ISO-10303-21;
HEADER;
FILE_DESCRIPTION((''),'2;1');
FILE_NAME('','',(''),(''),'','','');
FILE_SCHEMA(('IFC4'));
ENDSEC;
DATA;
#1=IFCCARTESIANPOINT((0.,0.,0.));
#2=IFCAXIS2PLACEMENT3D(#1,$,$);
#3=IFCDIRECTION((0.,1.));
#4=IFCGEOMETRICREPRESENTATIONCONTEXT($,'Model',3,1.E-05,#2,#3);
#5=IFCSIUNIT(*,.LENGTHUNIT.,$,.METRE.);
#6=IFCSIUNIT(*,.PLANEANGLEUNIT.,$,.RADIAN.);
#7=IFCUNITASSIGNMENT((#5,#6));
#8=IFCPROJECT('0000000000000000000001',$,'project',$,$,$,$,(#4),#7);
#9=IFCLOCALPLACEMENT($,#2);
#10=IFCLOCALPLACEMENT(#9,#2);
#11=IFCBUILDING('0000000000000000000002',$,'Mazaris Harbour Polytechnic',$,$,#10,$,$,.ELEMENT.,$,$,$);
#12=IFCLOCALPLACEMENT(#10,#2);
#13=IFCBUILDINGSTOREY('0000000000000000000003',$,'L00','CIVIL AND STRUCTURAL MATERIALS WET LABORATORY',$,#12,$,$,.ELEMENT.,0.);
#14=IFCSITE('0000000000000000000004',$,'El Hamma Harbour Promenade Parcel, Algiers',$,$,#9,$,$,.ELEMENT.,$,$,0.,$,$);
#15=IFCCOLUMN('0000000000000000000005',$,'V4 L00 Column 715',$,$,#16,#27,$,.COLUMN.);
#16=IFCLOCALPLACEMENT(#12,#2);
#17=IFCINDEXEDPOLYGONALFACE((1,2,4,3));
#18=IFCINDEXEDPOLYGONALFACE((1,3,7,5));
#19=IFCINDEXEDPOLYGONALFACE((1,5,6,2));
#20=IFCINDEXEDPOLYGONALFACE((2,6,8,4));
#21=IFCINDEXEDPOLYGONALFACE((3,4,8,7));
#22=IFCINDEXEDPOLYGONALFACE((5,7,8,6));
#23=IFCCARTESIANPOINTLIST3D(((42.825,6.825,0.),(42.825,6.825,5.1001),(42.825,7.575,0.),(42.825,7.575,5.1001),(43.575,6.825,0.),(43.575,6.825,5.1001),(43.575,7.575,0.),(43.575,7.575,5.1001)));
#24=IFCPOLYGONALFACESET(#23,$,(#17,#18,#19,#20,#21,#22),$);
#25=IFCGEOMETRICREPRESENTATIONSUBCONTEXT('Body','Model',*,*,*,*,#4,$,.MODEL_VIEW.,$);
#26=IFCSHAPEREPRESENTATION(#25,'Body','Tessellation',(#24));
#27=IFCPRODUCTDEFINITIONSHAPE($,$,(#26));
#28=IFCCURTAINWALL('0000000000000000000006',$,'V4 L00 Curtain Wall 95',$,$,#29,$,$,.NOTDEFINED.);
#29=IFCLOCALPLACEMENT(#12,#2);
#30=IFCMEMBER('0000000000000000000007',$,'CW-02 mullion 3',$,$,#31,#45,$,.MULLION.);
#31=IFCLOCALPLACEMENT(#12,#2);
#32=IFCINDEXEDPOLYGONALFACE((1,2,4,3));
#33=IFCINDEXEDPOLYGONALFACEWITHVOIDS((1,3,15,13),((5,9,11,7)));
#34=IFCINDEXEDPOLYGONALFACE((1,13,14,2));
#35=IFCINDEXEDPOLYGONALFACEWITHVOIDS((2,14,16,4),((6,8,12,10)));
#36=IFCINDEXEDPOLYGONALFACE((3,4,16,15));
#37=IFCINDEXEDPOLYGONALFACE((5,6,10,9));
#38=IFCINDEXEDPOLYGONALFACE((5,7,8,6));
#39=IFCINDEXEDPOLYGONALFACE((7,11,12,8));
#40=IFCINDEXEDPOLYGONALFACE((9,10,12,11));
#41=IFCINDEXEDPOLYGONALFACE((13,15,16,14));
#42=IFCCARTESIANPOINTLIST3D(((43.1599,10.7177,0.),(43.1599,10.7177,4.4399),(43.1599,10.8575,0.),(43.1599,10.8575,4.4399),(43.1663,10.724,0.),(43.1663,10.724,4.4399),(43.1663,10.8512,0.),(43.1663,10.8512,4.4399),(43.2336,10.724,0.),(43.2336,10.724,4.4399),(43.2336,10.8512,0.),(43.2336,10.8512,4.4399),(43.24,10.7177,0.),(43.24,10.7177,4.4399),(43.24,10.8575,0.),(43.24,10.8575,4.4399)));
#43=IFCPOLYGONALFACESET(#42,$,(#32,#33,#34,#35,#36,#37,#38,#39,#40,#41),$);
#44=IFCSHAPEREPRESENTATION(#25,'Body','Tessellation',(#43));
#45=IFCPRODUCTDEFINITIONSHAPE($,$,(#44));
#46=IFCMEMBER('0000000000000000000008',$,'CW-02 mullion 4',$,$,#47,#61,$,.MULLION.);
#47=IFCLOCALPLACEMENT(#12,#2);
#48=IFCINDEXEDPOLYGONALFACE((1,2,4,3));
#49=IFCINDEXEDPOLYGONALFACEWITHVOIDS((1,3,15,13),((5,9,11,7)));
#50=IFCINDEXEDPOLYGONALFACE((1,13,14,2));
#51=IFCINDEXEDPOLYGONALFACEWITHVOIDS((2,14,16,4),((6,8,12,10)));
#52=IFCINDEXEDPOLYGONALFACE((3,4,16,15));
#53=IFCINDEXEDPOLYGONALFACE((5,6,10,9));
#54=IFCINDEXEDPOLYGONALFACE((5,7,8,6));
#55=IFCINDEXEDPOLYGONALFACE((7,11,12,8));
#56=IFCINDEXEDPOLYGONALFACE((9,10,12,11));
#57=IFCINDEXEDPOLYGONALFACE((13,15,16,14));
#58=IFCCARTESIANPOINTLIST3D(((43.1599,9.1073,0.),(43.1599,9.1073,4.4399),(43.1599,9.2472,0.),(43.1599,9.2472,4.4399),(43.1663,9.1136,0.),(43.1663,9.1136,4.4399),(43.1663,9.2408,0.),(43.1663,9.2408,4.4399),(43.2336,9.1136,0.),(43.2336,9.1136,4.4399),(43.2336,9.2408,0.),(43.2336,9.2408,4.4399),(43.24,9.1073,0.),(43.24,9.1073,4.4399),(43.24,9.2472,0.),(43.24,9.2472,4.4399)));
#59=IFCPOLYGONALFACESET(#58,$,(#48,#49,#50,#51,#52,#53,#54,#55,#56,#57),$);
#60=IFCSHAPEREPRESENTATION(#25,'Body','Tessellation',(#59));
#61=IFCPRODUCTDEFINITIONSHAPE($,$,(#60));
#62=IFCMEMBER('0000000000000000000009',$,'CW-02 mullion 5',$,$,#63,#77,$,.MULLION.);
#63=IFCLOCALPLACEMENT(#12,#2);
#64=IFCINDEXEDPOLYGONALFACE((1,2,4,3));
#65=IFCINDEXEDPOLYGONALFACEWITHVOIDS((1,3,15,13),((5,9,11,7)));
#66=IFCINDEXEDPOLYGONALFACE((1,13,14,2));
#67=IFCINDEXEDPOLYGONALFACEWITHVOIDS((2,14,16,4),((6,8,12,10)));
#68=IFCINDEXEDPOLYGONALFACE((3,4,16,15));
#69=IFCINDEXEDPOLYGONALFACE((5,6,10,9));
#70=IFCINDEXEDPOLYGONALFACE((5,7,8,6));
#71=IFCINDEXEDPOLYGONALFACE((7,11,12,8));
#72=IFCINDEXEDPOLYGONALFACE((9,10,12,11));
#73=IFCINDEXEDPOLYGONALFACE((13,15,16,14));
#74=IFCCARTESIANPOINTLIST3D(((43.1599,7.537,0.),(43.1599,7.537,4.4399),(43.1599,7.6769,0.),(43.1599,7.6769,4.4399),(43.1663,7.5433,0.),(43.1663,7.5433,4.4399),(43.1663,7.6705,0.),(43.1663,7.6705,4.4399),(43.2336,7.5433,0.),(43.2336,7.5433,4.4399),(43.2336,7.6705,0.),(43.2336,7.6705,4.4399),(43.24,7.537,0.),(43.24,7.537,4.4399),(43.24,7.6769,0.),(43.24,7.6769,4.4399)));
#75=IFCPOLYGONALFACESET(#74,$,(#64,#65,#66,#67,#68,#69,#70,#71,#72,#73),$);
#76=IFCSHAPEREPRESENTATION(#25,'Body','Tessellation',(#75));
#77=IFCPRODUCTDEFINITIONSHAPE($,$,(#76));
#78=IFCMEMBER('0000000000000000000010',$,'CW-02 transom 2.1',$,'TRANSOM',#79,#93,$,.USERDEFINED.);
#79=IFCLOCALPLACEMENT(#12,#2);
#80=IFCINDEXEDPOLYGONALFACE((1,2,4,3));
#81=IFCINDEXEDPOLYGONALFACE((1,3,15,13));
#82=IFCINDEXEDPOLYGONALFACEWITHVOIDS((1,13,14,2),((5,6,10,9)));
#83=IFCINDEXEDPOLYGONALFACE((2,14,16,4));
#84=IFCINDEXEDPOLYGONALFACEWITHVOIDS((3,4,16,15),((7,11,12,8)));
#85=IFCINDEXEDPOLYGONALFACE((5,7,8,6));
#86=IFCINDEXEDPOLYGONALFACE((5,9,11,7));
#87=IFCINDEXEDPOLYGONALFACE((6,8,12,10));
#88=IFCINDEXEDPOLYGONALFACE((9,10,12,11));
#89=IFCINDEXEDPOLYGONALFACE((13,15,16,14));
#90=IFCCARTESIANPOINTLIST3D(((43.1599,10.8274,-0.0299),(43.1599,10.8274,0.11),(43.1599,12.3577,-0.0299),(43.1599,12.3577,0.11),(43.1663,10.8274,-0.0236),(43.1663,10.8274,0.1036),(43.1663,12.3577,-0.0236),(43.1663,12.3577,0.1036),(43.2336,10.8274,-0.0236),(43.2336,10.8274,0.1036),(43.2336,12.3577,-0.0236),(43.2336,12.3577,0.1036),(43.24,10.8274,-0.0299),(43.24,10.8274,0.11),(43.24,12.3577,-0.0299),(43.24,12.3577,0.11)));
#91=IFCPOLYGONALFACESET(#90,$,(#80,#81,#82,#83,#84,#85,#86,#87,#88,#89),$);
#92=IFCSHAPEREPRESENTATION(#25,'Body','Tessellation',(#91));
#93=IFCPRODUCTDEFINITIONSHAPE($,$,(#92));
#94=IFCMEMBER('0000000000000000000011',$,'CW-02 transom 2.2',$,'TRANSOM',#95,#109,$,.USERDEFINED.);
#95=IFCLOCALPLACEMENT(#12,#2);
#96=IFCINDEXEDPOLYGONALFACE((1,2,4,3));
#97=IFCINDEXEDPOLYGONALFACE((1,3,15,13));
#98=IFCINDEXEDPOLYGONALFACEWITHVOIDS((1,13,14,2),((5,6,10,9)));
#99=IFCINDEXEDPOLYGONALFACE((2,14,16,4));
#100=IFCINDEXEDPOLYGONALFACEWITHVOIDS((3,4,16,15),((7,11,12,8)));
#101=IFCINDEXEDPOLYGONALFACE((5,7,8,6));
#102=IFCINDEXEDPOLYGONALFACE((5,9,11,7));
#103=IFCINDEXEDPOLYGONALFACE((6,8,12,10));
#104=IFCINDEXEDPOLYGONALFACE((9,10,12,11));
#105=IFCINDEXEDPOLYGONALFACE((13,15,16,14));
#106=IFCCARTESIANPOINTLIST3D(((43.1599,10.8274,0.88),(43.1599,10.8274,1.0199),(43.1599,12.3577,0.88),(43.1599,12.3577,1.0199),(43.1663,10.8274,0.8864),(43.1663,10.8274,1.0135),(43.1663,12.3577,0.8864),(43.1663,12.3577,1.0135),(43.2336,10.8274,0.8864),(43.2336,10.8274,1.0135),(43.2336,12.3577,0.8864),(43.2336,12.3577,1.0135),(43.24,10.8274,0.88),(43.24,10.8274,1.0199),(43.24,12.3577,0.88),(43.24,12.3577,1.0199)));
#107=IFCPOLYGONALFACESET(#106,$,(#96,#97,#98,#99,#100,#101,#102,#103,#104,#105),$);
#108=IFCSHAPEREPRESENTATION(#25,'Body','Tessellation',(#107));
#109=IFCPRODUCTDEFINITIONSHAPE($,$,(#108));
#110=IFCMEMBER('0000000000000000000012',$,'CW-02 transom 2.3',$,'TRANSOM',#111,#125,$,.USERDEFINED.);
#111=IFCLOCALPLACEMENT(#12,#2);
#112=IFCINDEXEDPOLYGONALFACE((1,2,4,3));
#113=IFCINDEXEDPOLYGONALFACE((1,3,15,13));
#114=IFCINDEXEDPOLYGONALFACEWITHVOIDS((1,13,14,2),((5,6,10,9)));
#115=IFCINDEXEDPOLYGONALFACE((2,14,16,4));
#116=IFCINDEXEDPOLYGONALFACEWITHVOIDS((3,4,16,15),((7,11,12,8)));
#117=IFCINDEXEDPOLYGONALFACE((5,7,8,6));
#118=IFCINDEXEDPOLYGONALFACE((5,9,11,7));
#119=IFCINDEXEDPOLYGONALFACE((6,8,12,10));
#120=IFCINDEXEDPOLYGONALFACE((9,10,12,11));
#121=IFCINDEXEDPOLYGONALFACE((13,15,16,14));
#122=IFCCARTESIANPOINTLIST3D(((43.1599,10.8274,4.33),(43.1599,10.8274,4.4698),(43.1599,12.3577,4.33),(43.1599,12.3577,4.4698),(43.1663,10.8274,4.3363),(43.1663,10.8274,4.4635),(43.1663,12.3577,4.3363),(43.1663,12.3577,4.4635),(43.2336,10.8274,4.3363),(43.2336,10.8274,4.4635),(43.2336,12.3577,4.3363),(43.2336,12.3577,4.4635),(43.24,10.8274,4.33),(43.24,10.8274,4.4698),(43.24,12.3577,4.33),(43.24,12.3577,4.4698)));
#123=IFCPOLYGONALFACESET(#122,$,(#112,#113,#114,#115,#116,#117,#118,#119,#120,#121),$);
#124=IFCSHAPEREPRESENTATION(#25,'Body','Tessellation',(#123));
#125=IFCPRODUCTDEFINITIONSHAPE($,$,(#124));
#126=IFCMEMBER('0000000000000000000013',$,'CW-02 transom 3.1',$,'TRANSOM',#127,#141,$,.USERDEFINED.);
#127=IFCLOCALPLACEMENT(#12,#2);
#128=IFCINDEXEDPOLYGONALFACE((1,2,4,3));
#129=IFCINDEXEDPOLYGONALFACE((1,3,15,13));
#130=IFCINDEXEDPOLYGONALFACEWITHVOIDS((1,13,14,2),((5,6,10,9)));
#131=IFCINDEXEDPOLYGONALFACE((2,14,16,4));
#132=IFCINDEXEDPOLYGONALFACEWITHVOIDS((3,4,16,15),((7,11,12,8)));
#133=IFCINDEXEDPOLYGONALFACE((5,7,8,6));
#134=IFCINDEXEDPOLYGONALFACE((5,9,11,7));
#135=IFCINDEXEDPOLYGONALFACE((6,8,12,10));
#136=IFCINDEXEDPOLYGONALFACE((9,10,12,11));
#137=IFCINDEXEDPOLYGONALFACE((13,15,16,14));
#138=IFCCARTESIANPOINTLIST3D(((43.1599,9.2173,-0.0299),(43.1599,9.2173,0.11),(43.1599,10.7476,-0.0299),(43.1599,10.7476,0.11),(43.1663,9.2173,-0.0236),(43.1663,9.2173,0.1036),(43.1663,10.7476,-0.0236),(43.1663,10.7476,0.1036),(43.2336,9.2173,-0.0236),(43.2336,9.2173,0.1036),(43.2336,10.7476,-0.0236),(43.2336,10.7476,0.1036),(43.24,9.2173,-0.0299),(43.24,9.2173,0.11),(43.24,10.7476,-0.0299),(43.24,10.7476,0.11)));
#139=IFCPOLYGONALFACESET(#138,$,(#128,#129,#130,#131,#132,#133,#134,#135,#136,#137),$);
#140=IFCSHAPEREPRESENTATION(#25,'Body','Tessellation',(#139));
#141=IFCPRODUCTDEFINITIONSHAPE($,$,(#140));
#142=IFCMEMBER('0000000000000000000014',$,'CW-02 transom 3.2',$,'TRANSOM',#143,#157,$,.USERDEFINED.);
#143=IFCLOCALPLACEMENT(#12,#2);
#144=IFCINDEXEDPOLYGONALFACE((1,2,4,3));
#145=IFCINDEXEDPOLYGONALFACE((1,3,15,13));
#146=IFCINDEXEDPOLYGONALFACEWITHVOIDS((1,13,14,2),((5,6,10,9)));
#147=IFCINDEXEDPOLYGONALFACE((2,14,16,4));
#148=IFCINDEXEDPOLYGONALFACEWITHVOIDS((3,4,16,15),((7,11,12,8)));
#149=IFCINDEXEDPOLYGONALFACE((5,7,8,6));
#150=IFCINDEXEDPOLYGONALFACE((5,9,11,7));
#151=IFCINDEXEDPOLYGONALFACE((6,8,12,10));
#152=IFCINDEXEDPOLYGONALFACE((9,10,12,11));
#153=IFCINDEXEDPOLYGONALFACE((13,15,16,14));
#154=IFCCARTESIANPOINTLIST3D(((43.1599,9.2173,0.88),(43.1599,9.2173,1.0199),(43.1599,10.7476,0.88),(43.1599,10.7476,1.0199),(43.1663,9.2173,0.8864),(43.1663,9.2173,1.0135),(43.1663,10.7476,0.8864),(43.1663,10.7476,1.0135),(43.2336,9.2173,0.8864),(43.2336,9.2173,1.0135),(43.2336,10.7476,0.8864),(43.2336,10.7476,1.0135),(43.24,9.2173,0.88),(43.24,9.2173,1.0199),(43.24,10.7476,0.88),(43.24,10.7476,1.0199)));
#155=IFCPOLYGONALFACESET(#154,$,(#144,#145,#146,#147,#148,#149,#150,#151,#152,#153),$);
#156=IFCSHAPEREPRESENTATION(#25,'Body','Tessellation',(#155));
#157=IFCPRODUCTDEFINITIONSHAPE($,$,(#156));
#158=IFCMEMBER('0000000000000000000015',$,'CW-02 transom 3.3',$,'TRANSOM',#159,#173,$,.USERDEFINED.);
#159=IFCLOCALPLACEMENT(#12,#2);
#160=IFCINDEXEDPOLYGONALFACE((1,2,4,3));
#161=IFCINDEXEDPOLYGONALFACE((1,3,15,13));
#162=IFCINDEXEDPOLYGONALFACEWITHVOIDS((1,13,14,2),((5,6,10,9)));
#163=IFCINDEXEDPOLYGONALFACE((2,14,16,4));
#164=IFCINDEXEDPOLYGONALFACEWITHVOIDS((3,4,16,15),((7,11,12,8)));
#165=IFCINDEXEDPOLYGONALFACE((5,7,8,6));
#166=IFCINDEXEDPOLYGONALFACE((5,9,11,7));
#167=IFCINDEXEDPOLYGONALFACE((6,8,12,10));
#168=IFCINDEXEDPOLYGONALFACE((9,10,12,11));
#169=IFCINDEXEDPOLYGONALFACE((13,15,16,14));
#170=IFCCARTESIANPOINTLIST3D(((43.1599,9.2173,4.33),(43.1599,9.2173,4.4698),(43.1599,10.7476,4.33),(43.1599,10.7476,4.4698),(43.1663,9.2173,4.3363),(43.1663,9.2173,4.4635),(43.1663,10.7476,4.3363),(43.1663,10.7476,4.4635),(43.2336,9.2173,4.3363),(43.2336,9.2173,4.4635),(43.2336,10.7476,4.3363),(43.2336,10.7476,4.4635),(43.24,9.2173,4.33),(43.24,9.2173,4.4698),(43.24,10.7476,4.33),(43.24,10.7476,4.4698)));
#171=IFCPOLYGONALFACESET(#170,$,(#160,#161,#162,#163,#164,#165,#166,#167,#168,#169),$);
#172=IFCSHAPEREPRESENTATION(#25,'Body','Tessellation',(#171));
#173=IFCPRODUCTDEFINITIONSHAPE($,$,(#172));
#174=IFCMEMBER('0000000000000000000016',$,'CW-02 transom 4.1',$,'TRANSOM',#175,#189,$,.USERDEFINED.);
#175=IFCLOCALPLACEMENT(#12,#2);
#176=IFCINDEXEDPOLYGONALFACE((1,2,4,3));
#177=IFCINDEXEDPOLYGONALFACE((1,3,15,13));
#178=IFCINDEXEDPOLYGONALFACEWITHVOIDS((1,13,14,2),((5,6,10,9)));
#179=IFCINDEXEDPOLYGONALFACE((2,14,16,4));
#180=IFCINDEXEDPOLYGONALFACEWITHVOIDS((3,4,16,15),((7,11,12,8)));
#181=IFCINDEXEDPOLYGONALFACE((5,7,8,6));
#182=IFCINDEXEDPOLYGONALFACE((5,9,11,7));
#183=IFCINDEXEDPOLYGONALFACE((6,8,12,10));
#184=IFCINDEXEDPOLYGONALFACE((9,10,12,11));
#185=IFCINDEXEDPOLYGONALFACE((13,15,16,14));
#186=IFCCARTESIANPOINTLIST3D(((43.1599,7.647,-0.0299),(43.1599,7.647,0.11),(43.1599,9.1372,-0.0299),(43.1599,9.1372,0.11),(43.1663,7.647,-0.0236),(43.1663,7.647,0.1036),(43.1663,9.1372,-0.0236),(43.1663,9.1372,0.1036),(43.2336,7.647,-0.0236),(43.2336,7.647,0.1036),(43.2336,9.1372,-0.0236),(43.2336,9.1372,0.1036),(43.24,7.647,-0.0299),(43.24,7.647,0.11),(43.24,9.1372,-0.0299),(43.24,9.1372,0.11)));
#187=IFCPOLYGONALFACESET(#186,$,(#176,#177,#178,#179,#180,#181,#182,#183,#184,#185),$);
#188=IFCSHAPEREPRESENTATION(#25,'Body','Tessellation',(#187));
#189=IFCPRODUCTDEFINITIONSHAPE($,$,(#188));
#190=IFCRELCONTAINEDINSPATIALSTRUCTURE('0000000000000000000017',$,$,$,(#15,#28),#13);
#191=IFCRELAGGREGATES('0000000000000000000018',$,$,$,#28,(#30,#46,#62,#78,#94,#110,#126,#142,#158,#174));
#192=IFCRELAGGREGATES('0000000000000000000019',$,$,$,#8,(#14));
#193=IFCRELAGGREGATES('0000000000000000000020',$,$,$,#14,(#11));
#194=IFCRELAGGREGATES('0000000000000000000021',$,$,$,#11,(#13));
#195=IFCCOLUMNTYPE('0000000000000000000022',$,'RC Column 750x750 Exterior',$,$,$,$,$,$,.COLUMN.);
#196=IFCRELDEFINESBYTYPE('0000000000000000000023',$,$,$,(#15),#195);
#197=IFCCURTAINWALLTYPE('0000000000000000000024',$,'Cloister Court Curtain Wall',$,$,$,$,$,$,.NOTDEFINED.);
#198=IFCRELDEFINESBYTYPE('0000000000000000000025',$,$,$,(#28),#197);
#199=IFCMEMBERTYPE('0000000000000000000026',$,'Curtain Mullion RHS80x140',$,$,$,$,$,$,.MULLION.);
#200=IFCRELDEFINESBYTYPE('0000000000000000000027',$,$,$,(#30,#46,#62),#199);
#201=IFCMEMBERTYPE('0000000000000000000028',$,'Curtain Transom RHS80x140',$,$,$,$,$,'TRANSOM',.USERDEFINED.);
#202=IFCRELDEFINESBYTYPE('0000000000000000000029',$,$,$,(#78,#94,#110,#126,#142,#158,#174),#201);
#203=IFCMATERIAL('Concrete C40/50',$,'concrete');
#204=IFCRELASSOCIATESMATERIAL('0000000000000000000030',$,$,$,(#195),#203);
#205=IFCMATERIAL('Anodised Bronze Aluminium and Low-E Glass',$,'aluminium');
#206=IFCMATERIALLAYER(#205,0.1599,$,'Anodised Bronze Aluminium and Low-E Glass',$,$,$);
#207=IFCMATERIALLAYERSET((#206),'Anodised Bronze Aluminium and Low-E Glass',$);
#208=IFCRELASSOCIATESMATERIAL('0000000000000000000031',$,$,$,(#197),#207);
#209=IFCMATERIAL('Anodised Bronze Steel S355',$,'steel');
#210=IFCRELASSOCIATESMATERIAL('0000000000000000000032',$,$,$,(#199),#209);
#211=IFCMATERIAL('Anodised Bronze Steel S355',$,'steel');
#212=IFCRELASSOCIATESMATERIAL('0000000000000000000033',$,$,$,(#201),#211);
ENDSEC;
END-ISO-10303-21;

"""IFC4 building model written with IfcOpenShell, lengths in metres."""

from ifc_helpers import new_model, si_unit, direction, frame, origin, origin_2d, place, context, subcontext, project, spatial, rectangle, hollow_rectangle, extrude, material, layer, layer_set, material_profile, profile_set, type_object, element, aggregate, save


model = new_model("IFC4")

# Units and contexts
model_context = context("Model", 3, precision=1e-05, world=origin(), true_north=direction((0.0, 1.0)))
body_context = subcontext(model_context, "Body", "Model", "MODEL_VIEW")
ifc_project = project(units=[si_unit("LENGTHUNIT", "METRE"), si_unit("PLANEANGLEUNIT", "RADIAN")], contexts=[model_context])

# Site, building, storey
site_placement = place(None, origin())
site = spatial("IfcSite", under=ifc_project, at=site_placement, Name="El Hamma Harbour Promenade Parcel, Algiers", CompositionType="ELEMENT", RefElevation=0.0)
building_placement = place(site_placement, origin())
building = spatial("IfcBuilding", under=site, at=building_placement, Name="Mazaris Harbour Polytechnic", CompositionType="ELEMENT")
storey_placement = place(building_placement, origin())
storey = spatial("IfcBuildingStorey", under=building, at=storey_placement, Name="L00", Description="CIVIL AND STRUCTURAL MATERIALS WET LABORATORY", CompositionType="ELEMENT", Elevation=0.0)

# Column
ifc_material_1 = material(Name="Concrete C40/50", Category="concrete")
ifc_material_profile_1 = material_profile(ifc_material_1, rectangle(XDim=0.75, YDim=0.75, at=origin_2d()), Name="RECT750x750")
ifc_profile_set_1 = profile_set([ifc_material_profile_1], Name="Concrete C40/50")
column_type = type_object("IfcColumnType", Name="RC Column 750x750 Exterior", PredefinedType="COLUMN", material=ifc_profile_set_1)
column_placement = place(storey_placement, frame((43.2, 7.2, 0.0), z_axis=(0.0, 0.0, 1.0), x_axis=(1.0, 0.0, 0.0)))
element("IfcColumn", 1, at=column_placement, inside=storey, type_object=column_type, Name="V4 L00 Column 715", PredefinedType="COLUMN", context=body_context, shape_type="SweptSolid", body=[
    extrude(rectangle(XDim=0.75, YDim=0.75, at=origin_2d()), origin(), (0.0, 0.0, 1.0), 5.1001),
])

# Curtain wall, members
ifc_material_2 = material(Name="Anodised Bronze Aluminium and Low-E Glass", Category="aluminium")
ifc_layer_1 = layer(ifc_material_2, 0.1599, Name="Anodised Bronze Aluminium and Low-E Glass")
ifc_layer_set_1 = layer_set([ifc_layer_1], Name="Anodised Bronze Aluminium and Low-E Glass")
curtain_wall_type = type_object("IfcCurtainWallType", Name="Cloister Court Curtain Wall", PredefinedType="NOTDEFINED", material=ifc_layer_set_1)
curtain_wall_placement = place(storey_placement, origin())
curtain_wall = element("IfcCurtainWall", 2, at=curtain_wall_placement, inside=storey, type_object=curtain_wall_type, Name="V4 L00 Curtain Wall 95", PredefinedType="NOTDEFINED")
ifc_material_3 = material(Name="Anodised Bronze Steel S355", Category="steel")
ifc_material_profile_2 = material_profile(ifc_material_3, hollow_rectangle(XDim=0.0801, YDim=0.1399, WallThickness=0.0063, at=origin_2d()), Name="RHS 80x140x6.3")
ifc_profile_set_2 = profile_set([ifc_material_profile_2], Name="Anodised Bronze Steel S355")
member_type_1 = type_object("IfcMemberType", Name="Curtain Mullion RHS80x140", PredefinedType="MULLION", material=ifc_profile_set_2)
member_1_placement = place(storey_placement, frame((43.2, 10.7876, 0.0), z_axis=(0.0, 0.0, 1.0), x_axis=(1.0, 0.0, 0.0)))
member_1 = element("IfcMember", 3, at=member_1_placement, type_object=member_type_1, Name="CW-02 mullion 3", PredefinedType="MULLION", context=body_context, shape_type="SweptSolid", body=[
    extrude(hollow_rectangle(XDim=0.0801, YDim=0.1399, WallThickness=0.0063, at=origin_2d()), origin(), (0.0, 0.0, 1.0), 4.4399),
])
member_2_placement = place(storey_placement, frame((43.2, 9.1772, 0.0), z_axis=(0.0, 0.0, 1.0), x_axis=(1.0, 0.0, 0.0)))
member_2 = element("IfcMember", 4, at=member_2_placement, type_object=member_type_1, Name="CW-02 mullion 4", PredefinedType="MULLION", context=body_context, shape_type="SweptSolid", body=[
    extrude(hollow_rectangle(XDim=0.0801, YDim=0.1399, WallThickness=0.0063, at=origin_2d()), origin(), (0.0, 0.0, 1.0), 4.4399),
])
member_3_placement = place(storey_placement, frame((43.2, 7.6069, 0.0), z_axis=(0.0, 0.0, 1.0), x_axis=(1.0, 0.0, 0.0)))
member_3 = element("IfcMember", 5, at=member_3_placement, type_object=member_type_1, Name="CW-02 mullion 5", PredefinedType="MULLION", context=body_context, shape_type="SweptSolid", body=[
    extrude(hollow_rectangle(XDim=0.0801, YDim=0.1399, WallThickness=0.0063, at=origin_2d()), origin(), (0.0, 0.0, 1.0), 4.4399),
])
ifc_material_4 = material(Name="Anodised Bronze Steel S355", Category="steel")
ifc_material_profile_3 = material_profile(ifc_material_4, hollow_rectangle(XDim=0.0801, YDim=0.1399, WallThickness=0.0063, at=origin_2d()), Name="RHS 80x140x6.3")
ifc_profile_set_3 = profile_set([ifc_material_profile_3], Name="Anodised Bronze Steel S355")
member_type_2 = type_object("IfcMemberType", Name="Curtain Transom RHS80x140", ElementType="TRANSOM", PredefinedType="USERDEFINED", material=ifc_profile_set_3)
member_4_placement = place(storey_placement, frame((43.2, 12.3577, 0.04), z_axis=(0.0, -1.0, 0.0), x_axis=(1.0, 0.0, 0.0)))
member_4 = element("IfcMember", 6, at=member_4_placement, type_object=member_type_2, Name="CW-02 transom 2.1", ObjectType="TRANSOM", PredefinedType="USERDEFINED", context=body_context, shape_type="SweptSolid", body=[
    extrude(hollow_rectangle(XDim=0.0801, YDim=0.1399, WallThickness=0.0063, at=origin_2d()), origin(), (0.0, 0.0, 1.0), 1.5303),
])
member_5_placement = place(storey_placement, frame((43.2, 12.3577, 0.95), z_axis=(0.0, -1.0, 0.0), x_axis=(1.0, 0.0, 0.0)))
member_5 = element("IfcMember", 7, at=member_5_placement, type_object=member_type_2, Name="CW-02 transom 2.2", ObjectType="TRANSOM", PredefinedType="USERDEFINED", context=body_context, shape_type="SweptSolid", body=[
    extrude(hollow_rectangle(XDim=0.0801, YDim=0.1399, WallThickness=0.0063, at=origin_2d()), origin(), (0.0, 0.0, 1.0), 1.5303),
])
member_6_placement = place(storey_placement, frame((43.2, 12.3577, 4.3999), z_axis=(0.0, -1.0, 0.0), x_axis=(1.0, 0.0, 0.0)))
member_6 = element("IfcMember", 8, at=member_6_placement, type_object=member_type_2, Name="CW-02 transom 2.3", ObjectType="TRANSOM", PredefinedType="USERDEFINED", context=body_context, shape_type="SweptSolid", body=[
    extrude(hollow_rectangle(XDim=0.0801, YDim=0.1399, WallThickness=0.0063, at=origin_2d()), origin(), (0.0, 0.0, 1.0), 1.5303),
])
member_7_placement = place(storey_placement, frame((43.2, 10.7476, 0.04), z_axis=(0.0, -1.0, 0.0), x_axis=(1.0, 0.0, 0.0)))
member_7 = element("IfcMember", 9, at=member_7_placement, type_object=member_type_2, Name="CW-02 transom 3.1", ObjectType="TRANSOM", PredefinedType="USERDEFINED", context=body_context, shape_type="SweptSolid", body=[
    extrude(hollow_rectangle(XDim=0.0801, YDim=0.1399, WallThickness=0.0063, at=origin_2d()), origin(), (0.0, 0.0, 1.0), 1.5303),
])
member_8_placement = place(storey_placement, frame((43.2, 10.7476, 0.95), z_axis=(0.0, -1.0, 0.0), x_axis=(1.0, 0.0, 0.0)))
member_8 = element("IfcMember", 10, at=member_8_placement, type_object=member_type_2, Name="CW-02 transom 3.2", ObjectType="TRANSOM", PredefinedType="USERDEFINED", context=body_context, shape_type="SweptSolid", body=[
    extrude(hollow_rectangle(XDim=0.0801, YDim=0.1399, WallThickness=0.0063, at=origin_2d()), origin(), (0.0, 0.0, 1.0), 1.5303),
])
member_9_placement = place(storey_placement, frame((43.2, 10.7476, 4.3999), z_axis=(0.0, -1.0, 0.0), x_axis=(1.0, 0.0, 0.0)))
member_9 = element("IfcMember", 11, at=member_9_placement, type_object=member_type_2, Name="CW-02 transom 3.3", ObjectType="TRANSOM", PredefinedType="USERDEFINED", context=body_context, shape_type="SweptSolid", body=[
    extrude(hollow_rectangle(XDim=0.0801, YDim=0.1399, WallThickness=0.0063, at=origin_2d()), origin(), (0.0, 0.0, 1.0), 1.5303),
])
member_10_placement = place(storey_placement, frame((43.2, 9.1372, 0.04), z_axis=(0.0, -1.0, 0.0), x_axis=(1.0, 0.0, 0.0)))
member_10 = element("IfcMember", 12, at=member_10_placement, type_object=member_type_2, Name="CW-02 transom 4.1", ObjectType="TRANSOM", PredefinedType="USERDEFINED", context=body_context, shape_type="SweptSolid", body=[
    extrude(hollow_rectangle(XDim=0.0801, YDim=0.1399, WallThickness=0.0063, at=origin_2d()), origin(), (0.0, 0.0, 1.0), 1.4902),
])

aggregate(curtain_wall, [member_1, member_2, member_3, member_4, member_5, member_6, member_7, member_8, member_9, member_10])

save(model, "model.ifc")
